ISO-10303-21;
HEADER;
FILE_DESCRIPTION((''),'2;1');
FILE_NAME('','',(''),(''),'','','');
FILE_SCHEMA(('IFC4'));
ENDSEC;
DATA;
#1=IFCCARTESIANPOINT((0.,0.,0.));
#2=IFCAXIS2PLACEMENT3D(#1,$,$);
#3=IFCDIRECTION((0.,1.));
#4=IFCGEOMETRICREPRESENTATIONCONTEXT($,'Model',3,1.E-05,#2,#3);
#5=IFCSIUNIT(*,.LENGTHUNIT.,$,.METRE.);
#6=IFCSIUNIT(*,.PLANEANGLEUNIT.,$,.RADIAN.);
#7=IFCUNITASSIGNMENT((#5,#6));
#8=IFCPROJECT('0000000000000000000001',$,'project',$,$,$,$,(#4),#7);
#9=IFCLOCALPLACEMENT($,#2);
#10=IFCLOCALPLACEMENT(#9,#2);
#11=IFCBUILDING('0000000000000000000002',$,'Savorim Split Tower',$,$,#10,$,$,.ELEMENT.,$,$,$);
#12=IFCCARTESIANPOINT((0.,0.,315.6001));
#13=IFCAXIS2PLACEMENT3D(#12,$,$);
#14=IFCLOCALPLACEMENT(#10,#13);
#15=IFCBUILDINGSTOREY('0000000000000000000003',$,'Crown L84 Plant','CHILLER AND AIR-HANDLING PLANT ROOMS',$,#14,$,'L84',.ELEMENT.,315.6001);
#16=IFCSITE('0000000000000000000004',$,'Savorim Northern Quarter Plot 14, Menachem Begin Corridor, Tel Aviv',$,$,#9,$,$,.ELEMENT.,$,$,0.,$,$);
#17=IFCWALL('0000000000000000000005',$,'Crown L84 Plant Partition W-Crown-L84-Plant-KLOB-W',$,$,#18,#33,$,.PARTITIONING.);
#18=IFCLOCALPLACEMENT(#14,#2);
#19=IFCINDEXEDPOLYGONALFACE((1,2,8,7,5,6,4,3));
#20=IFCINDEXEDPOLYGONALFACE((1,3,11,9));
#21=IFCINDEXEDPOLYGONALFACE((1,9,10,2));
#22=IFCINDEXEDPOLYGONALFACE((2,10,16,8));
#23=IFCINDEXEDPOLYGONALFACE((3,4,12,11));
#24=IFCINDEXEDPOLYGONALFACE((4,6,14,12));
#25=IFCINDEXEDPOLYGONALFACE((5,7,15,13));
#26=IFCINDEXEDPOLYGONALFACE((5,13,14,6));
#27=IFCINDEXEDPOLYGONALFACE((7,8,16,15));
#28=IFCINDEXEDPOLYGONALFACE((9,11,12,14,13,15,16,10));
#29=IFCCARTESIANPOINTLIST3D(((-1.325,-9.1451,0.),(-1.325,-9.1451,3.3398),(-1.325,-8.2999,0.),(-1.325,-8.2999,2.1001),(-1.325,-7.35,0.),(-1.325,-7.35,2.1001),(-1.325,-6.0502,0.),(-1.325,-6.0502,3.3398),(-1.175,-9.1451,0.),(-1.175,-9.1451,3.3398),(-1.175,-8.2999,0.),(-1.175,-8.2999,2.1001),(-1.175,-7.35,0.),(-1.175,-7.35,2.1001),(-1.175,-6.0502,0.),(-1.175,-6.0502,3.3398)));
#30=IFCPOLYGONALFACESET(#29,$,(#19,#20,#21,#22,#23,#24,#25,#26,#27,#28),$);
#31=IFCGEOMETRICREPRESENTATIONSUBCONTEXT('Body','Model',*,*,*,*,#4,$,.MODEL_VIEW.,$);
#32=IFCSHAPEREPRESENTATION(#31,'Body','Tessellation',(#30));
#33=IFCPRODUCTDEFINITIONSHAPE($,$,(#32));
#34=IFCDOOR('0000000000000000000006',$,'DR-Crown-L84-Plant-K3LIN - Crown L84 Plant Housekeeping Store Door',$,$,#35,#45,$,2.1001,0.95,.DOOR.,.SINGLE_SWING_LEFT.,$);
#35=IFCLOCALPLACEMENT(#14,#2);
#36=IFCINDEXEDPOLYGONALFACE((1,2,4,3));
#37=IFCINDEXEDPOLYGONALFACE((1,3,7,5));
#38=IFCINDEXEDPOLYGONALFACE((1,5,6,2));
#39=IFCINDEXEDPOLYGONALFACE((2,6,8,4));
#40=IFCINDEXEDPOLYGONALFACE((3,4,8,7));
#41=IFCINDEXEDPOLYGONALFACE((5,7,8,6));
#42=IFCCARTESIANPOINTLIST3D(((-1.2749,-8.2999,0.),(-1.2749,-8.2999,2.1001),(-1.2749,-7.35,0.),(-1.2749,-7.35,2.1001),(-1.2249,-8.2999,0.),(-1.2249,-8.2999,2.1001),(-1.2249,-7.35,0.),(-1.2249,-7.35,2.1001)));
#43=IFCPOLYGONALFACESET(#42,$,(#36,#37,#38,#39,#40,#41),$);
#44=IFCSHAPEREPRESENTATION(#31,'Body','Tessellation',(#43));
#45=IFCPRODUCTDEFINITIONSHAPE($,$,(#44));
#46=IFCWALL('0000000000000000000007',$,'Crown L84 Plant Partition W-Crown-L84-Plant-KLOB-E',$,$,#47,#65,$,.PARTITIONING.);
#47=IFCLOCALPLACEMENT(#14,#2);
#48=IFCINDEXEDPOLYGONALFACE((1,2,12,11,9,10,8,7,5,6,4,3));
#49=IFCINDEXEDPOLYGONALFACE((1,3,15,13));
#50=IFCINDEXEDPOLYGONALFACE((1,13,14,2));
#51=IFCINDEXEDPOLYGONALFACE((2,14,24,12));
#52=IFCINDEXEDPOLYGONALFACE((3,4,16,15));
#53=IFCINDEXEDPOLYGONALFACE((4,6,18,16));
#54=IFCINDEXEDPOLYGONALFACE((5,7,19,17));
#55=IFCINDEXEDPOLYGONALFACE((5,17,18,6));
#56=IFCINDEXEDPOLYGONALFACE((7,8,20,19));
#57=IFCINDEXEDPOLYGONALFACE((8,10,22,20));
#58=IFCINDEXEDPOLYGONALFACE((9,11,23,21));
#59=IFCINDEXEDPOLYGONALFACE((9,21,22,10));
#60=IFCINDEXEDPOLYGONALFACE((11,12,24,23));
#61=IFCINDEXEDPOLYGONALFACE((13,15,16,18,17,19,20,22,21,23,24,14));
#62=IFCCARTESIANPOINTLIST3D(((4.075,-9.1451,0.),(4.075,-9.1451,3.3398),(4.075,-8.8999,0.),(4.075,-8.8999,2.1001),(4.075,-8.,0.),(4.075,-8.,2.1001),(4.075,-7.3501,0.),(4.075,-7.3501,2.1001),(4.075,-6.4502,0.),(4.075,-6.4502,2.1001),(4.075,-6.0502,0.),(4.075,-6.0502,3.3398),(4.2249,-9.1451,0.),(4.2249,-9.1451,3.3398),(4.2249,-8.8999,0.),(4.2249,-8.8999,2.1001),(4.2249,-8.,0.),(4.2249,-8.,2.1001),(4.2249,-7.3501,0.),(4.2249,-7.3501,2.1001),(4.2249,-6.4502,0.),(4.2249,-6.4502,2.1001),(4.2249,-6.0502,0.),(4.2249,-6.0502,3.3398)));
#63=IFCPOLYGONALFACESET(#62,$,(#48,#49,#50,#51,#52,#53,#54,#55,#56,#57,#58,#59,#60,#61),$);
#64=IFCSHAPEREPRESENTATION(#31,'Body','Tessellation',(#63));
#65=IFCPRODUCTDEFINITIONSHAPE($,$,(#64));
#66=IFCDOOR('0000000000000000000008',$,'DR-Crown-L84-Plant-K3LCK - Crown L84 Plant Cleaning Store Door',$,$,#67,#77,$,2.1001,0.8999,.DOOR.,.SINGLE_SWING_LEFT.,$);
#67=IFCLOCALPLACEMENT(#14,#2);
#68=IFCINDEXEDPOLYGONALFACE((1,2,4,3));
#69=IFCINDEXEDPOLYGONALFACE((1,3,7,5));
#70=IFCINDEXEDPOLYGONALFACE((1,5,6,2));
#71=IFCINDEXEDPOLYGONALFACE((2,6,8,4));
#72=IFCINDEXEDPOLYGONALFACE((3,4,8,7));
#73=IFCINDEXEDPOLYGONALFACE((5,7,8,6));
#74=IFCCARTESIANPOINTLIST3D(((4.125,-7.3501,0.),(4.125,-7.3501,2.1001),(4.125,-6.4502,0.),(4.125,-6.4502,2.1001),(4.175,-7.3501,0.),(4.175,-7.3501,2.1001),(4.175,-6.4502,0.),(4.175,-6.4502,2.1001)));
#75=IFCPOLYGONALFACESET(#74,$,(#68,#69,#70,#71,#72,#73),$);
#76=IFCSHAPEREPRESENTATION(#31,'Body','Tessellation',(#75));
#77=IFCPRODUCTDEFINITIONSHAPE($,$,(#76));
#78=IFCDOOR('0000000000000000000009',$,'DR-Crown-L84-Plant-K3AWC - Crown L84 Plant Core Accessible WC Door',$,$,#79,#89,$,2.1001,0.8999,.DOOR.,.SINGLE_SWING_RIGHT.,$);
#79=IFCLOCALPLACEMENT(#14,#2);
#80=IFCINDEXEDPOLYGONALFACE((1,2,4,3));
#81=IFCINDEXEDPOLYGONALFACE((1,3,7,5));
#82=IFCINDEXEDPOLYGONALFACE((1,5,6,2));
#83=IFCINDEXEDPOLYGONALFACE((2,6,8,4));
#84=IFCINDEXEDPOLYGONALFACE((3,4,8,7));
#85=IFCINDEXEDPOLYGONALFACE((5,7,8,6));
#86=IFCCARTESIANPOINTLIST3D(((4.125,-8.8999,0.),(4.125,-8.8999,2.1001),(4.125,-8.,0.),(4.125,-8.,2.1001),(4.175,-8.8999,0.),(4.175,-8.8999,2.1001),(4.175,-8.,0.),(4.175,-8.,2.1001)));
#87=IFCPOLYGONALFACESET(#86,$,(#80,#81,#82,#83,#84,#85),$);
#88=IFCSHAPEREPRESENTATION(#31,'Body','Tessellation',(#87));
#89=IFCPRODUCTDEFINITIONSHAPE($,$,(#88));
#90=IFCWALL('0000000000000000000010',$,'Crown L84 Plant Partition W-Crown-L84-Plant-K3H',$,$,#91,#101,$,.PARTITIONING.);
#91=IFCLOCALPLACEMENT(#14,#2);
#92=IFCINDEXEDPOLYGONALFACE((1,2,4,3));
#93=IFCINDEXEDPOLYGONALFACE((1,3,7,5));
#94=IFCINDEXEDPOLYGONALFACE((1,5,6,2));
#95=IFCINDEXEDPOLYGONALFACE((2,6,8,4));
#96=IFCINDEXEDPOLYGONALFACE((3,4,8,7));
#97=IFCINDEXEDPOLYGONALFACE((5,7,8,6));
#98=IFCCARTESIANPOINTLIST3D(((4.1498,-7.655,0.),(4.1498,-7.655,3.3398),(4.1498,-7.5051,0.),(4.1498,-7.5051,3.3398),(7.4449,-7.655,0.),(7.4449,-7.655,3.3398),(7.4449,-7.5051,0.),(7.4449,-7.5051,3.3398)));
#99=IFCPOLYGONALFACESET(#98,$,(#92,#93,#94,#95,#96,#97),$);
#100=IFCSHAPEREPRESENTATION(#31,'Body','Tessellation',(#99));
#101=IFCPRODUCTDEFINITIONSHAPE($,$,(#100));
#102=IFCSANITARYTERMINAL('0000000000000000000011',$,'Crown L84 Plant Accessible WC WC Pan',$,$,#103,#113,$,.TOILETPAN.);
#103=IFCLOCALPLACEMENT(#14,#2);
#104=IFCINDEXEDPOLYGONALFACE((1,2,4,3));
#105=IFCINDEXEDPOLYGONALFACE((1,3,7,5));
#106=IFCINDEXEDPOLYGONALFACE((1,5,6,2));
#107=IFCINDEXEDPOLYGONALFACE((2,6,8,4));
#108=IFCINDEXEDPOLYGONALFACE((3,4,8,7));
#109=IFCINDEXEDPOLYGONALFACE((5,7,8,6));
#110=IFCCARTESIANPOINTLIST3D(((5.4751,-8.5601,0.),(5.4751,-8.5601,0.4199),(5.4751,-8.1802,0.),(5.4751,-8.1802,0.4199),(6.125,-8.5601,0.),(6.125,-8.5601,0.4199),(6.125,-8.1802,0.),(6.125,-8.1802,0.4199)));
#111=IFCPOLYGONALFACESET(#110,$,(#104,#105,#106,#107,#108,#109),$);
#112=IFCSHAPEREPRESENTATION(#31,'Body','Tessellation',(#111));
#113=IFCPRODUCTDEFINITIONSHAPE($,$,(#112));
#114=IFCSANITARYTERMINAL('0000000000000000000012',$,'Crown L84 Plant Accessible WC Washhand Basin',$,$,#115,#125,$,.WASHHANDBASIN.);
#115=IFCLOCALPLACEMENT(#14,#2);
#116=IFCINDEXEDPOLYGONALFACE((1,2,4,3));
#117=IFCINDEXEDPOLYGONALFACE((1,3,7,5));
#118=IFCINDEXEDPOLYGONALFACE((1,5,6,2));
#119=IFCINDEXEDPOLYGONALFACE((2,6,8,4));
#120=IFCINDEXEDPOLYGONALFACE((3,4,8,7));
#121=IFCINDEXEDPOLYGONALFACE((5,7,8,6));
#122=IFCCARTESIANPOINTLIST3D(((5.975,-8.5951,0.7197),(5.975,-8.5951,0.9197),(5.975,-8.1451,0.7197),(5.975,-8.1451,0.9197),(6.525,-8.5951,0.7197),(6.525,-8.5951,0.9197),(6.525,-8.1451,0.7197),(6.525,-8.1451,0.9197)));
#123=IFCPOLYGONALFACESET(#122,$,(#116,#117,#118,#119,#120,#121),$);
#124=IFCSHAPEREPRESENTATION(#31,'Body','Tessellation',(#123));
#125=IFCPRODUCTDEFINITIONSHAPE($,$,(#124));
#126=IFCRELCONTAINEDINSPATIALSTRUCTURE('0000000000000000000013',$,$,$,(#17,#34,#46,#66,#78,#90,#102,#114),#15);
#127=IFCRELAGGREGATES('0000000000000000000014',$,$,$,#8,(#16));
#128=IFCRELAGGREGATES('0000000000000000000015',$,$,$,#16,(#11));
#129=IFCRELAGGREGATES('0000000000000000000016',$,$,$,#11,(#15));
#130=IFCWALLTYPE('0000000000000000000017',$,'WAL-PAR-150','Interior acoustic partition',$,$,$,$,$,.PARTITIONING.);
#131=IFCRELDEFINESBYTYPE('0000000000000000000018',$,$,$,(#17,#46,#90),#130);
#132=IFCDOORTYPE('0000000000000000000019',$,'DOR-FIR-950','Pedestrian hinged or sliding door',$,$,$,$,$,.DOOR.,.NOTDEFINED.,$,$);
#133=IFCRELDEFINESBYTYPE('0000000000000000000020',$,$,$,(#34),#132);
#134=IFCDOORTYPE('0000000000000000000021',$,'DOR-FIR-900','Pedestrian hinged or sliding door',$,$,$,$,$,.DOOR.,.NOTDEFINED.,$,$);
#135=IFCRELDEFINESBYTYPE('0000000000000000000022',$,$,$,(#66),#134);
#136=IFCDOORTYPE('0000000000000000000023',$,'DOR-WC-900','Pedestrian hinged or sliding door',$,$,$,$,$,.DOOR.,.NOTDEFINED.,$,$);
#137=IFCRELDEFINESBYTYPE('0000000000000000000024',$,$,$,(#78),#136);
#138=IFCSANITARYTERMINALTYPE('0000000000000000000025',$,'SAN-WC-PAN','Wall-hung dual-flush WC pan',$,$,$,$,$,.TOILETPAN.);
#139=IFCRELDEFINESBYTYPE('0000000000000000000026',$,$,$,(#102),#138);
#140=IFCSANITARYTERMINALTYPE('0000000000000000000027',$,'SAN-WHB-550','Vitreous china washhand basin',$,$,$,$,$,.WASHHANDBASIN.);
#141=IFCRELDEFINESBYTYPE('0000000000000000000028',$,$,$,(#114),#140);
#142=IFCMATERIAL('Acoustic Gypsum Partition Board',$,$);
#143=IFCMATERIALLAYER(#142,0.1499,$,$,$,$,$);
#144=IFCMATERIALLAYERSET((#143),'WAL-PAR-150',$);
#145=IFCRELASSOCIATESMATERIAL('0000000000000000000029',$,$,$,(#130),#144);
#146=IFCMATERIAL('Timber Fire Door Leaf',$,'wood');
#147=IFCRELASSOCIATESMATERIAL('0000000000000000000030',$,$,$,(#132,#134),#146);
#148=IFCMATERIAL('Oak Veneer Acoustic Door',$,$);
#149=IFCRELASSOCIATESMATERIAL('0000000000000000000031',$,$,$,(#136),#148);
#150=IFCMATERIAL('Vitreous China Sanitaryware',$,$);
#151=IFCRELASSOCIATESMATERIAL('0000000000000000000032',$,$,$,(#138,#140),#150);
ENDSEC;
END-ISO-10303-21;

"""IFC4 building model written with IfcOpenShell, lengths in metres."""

from ifc_helpers import new_model, si_unit, direction, frame, frame_2d, origin, origin_2d, place, context, subcontext, project, spatial, rectangle, extrude, material, layer, layer_set, type_object, element, fill, save


model = new_model("IFC4")

# Units and contexts
model_context = context("Model", 3, precision=1e-05, world=origin(), true_north=direction((0.0, 1.0)))
body_context = subcontext(model_context, "Body", "Model", "MODEL_VIEW")
ifc_project = project(units=[si_unit("LENGTHUNIT", "METRE"), si_unit("PLANEANGLEUNIT", "RADIAN")], contexts=[model_context])

# Site, building, storey
site_placement = place(None, origin())
site = spatial("IfcSite", under=ifc_project, at=site_placement, Name="Savorim Northern Quarter Plot 14, Menachem Begin Corridor, Tel Aviv", CompositionType="ELEMENT", RefElevation=0.0)
building_placement = place(site_placement, origin())
building = spatial("IfcBuilding", under=site, at=building_placement, Name="Savorim Split Tower", CompositionType="ELEMENT")
storey_placement = place(building_placement, frame((0.0, 0.0, 315.6001)))
storey = spatial("IfcBuildingStorey", under=building, at=storey_placement, Name="Crown L84 Plant", Description="CHILLER AND AIR-HANDLING PLANT ROOMS", LongName="L84", CompositionType="ELEMENT", Elevation=315.6001)

# Wall, opening, door
ifc_material_1 = material(Name="Acoustic Gypsum Partition Board")
ifc_layer_1 = layer(ifc_material_1, 0.1499)
ifc_layer_set_1 = layer_set([ifc_layer_1], Name="WAL-PAR-150")
wall_type_1 = type_object("IfcWallType", Name="WAL-PAR-150", Description="Interior acoustic partition", PredefinedType="PARTITIONING", material=ifc_layer_set_1)
wall_1_placement = place(storey_placement, frame((-1.25, -9.145, 0.0), z_axis=(0.0, 0.0, 1.0), x_axis=(0.0, 1.0, 0.0)))
wall_1 = element("IfcWall", 1, at=wall_1_placement, inside=storey, type_object=wall_type_1, Name="Crown L84 Plant Partition W-Crown-L84-Plant-KLOB-W", PredefinedType="PARTITIONING", context=body_context, shape_type="SweptSolid", body=[
    extrude(rectangle(XDim=3.095, YDim=0.1499, at=frame_2d((1.5474, 0.0))), origin(), (0.0, 0.0, 1.0), 3.3398),
])
opening_1_placement = place(wall_1_placement, frame((0.845, 0.0, 0.0)))
opening_1 = element("IfcOpeningElement", 2, at=opening_1_placement, cuts=wall_1, PredefinedType="OPENING", context=body_context, shape_type="SweptSolid", body=[
    extrude(rectangle(XDim=0.95, YDim=2.1001, at=frame_2d((0.4751, 1.05))), frame((0.0, 0.085, 0.0), z_axis=(0.0, -1.0, 0.0), x_axis=(1.0, 0.0, 0.0)), (0.0, 0.0, 1.0), 0.1699),
])
ifc_material_2 = material(Name="Timber Fire Door Leaf", Category="wood")
door_type_1 = type_object("IfcDoorType", Name="DOR-FIR-950", Description="Pedestrian hinged or sliding door", OperationType="NOTDEFINED", PredefinedType="DOOR", material=ifc_material_2)
door_1_placement = place(opening_1_placement, origin())
door_1 = element("IfcDoor", 3, at=door_1_placement, inside=storey, type_object=door_type_1, Name="DR-Crown-L84-Plant-K3LIN - Crown L84 Plant Housekeeping Store Door", OperationType="SINGLE_SWING_LEFT", OverallHeight=2.1001, OverallWidth=0.95, PredefinedType="DOOR", context=body_context, shape_type="SweptSolid", body=[
    extrude(rectangle(XDim=0.95, YDim=2.1001, at=frame_2d((0.4751, 1.05))), frame((0.0, 0.0249, 0.0), z_axis=(0.0, -1.0, 0.0), x_axis=(1.0, 0.0, 0.0)), (0.0, 0.0, 1.0), 0.05),
])
fill(opening_1, door_1)

# Wall, openings, doors
wall_2_placement = place(storey_placement, frame((4.1499, -9.145, 0.0), z_axis=(0.0, 0.0, 1.0), x_axis=(0.0, 1.0, 0.0)))
wall_2 = element("IfcWall", 4, at=wall_2_placement, inside=storey, type_object=wall_type_1, Name="Crown L84 Plant Partition W-Crown-L84-Plant-KLOB-E", PredefinedType="PARTITIONING", context=body_context, shape_type="SweptSolid", body=[
    extrude(rectangle(XDim=3.095, YDim=0.1499, at=frame_2d((1.5474, 0.0))), origin(), (0.0, 0.0, 1.0), 3.3398),
])
opening_2_placement = place(wall_2_placement, frame((0.2451, 0.0, 0.0)))
opening_2 = element("IfcOpeningElement", 5, at=opening_2_placement, cuts=wall_2, PredefinedType="OPENING", context=body_context, shape_type="SweptSolid", body=[
    extrude(rectangle(XDim=0.8999, YDim=2.1001, at=frame_2d((0.45, 1.05))), frame((0.0, 0.085, 0.0), z_axis=(0.0, -1.0, 0.0), x_axis=(1.0, 0.0, 0.0)), (0.0, 0.0, 1.0), 0.1699),
])
opening_3_placement = place(wall_2_placement, frame((1.7949, 0.0, 0.0)))
opening_3 = element("IfcOpeningElement", 6, at=opening_3_placement, cuts=wall_2, PredefinedType="OPENING", context=body_context, shape_type="SweptSolid", body=[
    extrude(rectangle(XDim=0.8999, YDim=2.1001, at=frame_2d((0.45, 1.05))), frame((0.0, 0.085, 0.0), z_axis=(0.0, -1.0, 0.0), x_axis=(1.0, 0.0, 0.0)), (0.0, 0.0, 1.0), 0.1699),
])
door_type_2 = type_object("IfcDoorType", Name="DOR-FIR-900", Description="Pedestrian hinged or sliding door", OperationType="NOTDEFINED", PredefinedType="DOOR", material=ifc_material_2)
door_2_placement = place(opening_3_placement, origin())
door_2 = element("IfcDoor", 7, at=door_2_placement, inside=storey, type_object=door_type_2, Name="DR-Crown-L84-Plant-K3LCK - Crown L84 Plant Cleaning Store Door", OperationType="SINGLE_SWING_LEFT", OverallHeight=2.1001, OverallWidth=0.8999, PredefinedType="DOOR", context=body_context, shape_type="SweptSolid", body=[
    extrude(rectangle(XDim=0.8999, YDim=2.1001, at=frame_2d((0.45, 1.05))), frame((0.0, 0.0249, 0.0), z_axis=(0.0, -1.0, 0.0), x_axis=(1.0, 0.0, 0.0)), (0.0, 0.0, 1.0), 0.05),
])
fill(opening_3, door_2)
ifc_material_3 = material(Name="Oak Veneer Acoustic Door")
door_type_3 = type_object("IfcDoorType", Name="DOR-WC-900", Description="Pedestrian hinged or sliding door", OperationType="NOTDEFINED", PredefinedType="DOOR", material=ifc_material_3)
door_3_placement = place(opening_2_placement, origin())
door_3 = element("IfcDoor", 8, at=door_3_placement, inside=storey, type_object=door_type_3, Name="DR-Crown-L84-Plant-K3AWC - Crown L84 Plant Core Accessible WC Door", OperationType="SINGLE_SWING_RIGHT", OverallHeight=2.1001, OverallWidth=0.8999, PredefinedType="DOOR", context=body_context, shape_type="SweptSolid", body=[
    extrude(rectangle(XDim=0.8999, YDim=2.1001, at=frame_2d((0.45, 1.05))), frame((0.0, 0.0249, 0.0), z_axis=(0.0, -1.0, 0.0), x_axis=(1.0, 0.0, 0.0)), (0.0, 0.0, 1.0), 0.05),
])
fill(opening_2, door_3)

# Wall
wall_3_placement = place(storey_placement, frame((4.1499, -7.5801, 0.0), z_axis=(0.0, 0.0, 1.0), x_axis=(1.0, 0.0, 0.0)))
element("IfcWall", 9, at=wall_3_placement, inside=storey, type_object=wall_type_1, Name="Crown L84 Plant Partition W-Crown-L84-Plant-K3H", PredefinedType="PARTITIONING", context=body_context, shape_type="SweptSolid", body=[
    extrude(rectangle(XDim=3.2952, YDim=0.1499, at=frame_2d((1.6475, 0.0))), origin(), (0.0, 0.0, 1.0), 3.3398),
])

# Sanitary terminals
ifc_material_4 = material(Name="Vitreous China Sanitaryware")
sanitary_terminal_type_1 = type_object("IfcSanitaryTerminalType", Name="SAN-WC-PAN", Description="Wall-hung dual-flush WC pan", PredefinedType="TOILETPAN", material=ifc_material_4)
sanitary_terminal_1_placement = place(storey_placement, frame((5.8, -8.3701, 0.0), z_axis=(0.0, 0.0, 1.0), x_axis=(1.0, 0.0, 0.0)))
element("IfcSanitaryTerminal", 10, at=sanitary_terminal_1_placement, inside=storey, type_object=sanitary_terminal_type_1, Name="Crown L84 Plant Accessible WC WC Pan", PredefinedType="TOILETPAN", context=body_context, shape_type="SweptSolid", body=[
    extrude(rectangle(XDim=0.6499, YDim=0.3799, at=origin_2d()), origin(), (0.0, 0.0, 1.0), 0.4199),
])
sanitary_terminal_type_2 = type_object("IfcSanitaryTerminalType", Name="SAN-WHB-550", Description="Vitreous china washhand basin", PredefinedType="WASHHANDBASIN", material=ifc_material_4)
sanitary_terminal_2_placement = place(storey_placement, frame((6.25, -8.3701, 0.7197), z_axis=(0.0, 0.0, 1.0), x_axis=(1.0, 0.0, 0.0)))
element("IfcSanitaryTerminal", 11, at=sanitary_terminal_2_placement, inside=storey, type_object=sanitary_terminal_type_2, Name="Crown L84 Plant Accessible WC Washhand Basin", PredefinedType="WASHHANDBASIN", context=body_context, shape_type="SweptSolid", body=[
    extrude(rectangle(XDim=0.55, YDim=0.45, at=origin_2d()), origin(), (0.0, 0.0, 1.0), 0.2),
])

save(model, "model.ifc")
